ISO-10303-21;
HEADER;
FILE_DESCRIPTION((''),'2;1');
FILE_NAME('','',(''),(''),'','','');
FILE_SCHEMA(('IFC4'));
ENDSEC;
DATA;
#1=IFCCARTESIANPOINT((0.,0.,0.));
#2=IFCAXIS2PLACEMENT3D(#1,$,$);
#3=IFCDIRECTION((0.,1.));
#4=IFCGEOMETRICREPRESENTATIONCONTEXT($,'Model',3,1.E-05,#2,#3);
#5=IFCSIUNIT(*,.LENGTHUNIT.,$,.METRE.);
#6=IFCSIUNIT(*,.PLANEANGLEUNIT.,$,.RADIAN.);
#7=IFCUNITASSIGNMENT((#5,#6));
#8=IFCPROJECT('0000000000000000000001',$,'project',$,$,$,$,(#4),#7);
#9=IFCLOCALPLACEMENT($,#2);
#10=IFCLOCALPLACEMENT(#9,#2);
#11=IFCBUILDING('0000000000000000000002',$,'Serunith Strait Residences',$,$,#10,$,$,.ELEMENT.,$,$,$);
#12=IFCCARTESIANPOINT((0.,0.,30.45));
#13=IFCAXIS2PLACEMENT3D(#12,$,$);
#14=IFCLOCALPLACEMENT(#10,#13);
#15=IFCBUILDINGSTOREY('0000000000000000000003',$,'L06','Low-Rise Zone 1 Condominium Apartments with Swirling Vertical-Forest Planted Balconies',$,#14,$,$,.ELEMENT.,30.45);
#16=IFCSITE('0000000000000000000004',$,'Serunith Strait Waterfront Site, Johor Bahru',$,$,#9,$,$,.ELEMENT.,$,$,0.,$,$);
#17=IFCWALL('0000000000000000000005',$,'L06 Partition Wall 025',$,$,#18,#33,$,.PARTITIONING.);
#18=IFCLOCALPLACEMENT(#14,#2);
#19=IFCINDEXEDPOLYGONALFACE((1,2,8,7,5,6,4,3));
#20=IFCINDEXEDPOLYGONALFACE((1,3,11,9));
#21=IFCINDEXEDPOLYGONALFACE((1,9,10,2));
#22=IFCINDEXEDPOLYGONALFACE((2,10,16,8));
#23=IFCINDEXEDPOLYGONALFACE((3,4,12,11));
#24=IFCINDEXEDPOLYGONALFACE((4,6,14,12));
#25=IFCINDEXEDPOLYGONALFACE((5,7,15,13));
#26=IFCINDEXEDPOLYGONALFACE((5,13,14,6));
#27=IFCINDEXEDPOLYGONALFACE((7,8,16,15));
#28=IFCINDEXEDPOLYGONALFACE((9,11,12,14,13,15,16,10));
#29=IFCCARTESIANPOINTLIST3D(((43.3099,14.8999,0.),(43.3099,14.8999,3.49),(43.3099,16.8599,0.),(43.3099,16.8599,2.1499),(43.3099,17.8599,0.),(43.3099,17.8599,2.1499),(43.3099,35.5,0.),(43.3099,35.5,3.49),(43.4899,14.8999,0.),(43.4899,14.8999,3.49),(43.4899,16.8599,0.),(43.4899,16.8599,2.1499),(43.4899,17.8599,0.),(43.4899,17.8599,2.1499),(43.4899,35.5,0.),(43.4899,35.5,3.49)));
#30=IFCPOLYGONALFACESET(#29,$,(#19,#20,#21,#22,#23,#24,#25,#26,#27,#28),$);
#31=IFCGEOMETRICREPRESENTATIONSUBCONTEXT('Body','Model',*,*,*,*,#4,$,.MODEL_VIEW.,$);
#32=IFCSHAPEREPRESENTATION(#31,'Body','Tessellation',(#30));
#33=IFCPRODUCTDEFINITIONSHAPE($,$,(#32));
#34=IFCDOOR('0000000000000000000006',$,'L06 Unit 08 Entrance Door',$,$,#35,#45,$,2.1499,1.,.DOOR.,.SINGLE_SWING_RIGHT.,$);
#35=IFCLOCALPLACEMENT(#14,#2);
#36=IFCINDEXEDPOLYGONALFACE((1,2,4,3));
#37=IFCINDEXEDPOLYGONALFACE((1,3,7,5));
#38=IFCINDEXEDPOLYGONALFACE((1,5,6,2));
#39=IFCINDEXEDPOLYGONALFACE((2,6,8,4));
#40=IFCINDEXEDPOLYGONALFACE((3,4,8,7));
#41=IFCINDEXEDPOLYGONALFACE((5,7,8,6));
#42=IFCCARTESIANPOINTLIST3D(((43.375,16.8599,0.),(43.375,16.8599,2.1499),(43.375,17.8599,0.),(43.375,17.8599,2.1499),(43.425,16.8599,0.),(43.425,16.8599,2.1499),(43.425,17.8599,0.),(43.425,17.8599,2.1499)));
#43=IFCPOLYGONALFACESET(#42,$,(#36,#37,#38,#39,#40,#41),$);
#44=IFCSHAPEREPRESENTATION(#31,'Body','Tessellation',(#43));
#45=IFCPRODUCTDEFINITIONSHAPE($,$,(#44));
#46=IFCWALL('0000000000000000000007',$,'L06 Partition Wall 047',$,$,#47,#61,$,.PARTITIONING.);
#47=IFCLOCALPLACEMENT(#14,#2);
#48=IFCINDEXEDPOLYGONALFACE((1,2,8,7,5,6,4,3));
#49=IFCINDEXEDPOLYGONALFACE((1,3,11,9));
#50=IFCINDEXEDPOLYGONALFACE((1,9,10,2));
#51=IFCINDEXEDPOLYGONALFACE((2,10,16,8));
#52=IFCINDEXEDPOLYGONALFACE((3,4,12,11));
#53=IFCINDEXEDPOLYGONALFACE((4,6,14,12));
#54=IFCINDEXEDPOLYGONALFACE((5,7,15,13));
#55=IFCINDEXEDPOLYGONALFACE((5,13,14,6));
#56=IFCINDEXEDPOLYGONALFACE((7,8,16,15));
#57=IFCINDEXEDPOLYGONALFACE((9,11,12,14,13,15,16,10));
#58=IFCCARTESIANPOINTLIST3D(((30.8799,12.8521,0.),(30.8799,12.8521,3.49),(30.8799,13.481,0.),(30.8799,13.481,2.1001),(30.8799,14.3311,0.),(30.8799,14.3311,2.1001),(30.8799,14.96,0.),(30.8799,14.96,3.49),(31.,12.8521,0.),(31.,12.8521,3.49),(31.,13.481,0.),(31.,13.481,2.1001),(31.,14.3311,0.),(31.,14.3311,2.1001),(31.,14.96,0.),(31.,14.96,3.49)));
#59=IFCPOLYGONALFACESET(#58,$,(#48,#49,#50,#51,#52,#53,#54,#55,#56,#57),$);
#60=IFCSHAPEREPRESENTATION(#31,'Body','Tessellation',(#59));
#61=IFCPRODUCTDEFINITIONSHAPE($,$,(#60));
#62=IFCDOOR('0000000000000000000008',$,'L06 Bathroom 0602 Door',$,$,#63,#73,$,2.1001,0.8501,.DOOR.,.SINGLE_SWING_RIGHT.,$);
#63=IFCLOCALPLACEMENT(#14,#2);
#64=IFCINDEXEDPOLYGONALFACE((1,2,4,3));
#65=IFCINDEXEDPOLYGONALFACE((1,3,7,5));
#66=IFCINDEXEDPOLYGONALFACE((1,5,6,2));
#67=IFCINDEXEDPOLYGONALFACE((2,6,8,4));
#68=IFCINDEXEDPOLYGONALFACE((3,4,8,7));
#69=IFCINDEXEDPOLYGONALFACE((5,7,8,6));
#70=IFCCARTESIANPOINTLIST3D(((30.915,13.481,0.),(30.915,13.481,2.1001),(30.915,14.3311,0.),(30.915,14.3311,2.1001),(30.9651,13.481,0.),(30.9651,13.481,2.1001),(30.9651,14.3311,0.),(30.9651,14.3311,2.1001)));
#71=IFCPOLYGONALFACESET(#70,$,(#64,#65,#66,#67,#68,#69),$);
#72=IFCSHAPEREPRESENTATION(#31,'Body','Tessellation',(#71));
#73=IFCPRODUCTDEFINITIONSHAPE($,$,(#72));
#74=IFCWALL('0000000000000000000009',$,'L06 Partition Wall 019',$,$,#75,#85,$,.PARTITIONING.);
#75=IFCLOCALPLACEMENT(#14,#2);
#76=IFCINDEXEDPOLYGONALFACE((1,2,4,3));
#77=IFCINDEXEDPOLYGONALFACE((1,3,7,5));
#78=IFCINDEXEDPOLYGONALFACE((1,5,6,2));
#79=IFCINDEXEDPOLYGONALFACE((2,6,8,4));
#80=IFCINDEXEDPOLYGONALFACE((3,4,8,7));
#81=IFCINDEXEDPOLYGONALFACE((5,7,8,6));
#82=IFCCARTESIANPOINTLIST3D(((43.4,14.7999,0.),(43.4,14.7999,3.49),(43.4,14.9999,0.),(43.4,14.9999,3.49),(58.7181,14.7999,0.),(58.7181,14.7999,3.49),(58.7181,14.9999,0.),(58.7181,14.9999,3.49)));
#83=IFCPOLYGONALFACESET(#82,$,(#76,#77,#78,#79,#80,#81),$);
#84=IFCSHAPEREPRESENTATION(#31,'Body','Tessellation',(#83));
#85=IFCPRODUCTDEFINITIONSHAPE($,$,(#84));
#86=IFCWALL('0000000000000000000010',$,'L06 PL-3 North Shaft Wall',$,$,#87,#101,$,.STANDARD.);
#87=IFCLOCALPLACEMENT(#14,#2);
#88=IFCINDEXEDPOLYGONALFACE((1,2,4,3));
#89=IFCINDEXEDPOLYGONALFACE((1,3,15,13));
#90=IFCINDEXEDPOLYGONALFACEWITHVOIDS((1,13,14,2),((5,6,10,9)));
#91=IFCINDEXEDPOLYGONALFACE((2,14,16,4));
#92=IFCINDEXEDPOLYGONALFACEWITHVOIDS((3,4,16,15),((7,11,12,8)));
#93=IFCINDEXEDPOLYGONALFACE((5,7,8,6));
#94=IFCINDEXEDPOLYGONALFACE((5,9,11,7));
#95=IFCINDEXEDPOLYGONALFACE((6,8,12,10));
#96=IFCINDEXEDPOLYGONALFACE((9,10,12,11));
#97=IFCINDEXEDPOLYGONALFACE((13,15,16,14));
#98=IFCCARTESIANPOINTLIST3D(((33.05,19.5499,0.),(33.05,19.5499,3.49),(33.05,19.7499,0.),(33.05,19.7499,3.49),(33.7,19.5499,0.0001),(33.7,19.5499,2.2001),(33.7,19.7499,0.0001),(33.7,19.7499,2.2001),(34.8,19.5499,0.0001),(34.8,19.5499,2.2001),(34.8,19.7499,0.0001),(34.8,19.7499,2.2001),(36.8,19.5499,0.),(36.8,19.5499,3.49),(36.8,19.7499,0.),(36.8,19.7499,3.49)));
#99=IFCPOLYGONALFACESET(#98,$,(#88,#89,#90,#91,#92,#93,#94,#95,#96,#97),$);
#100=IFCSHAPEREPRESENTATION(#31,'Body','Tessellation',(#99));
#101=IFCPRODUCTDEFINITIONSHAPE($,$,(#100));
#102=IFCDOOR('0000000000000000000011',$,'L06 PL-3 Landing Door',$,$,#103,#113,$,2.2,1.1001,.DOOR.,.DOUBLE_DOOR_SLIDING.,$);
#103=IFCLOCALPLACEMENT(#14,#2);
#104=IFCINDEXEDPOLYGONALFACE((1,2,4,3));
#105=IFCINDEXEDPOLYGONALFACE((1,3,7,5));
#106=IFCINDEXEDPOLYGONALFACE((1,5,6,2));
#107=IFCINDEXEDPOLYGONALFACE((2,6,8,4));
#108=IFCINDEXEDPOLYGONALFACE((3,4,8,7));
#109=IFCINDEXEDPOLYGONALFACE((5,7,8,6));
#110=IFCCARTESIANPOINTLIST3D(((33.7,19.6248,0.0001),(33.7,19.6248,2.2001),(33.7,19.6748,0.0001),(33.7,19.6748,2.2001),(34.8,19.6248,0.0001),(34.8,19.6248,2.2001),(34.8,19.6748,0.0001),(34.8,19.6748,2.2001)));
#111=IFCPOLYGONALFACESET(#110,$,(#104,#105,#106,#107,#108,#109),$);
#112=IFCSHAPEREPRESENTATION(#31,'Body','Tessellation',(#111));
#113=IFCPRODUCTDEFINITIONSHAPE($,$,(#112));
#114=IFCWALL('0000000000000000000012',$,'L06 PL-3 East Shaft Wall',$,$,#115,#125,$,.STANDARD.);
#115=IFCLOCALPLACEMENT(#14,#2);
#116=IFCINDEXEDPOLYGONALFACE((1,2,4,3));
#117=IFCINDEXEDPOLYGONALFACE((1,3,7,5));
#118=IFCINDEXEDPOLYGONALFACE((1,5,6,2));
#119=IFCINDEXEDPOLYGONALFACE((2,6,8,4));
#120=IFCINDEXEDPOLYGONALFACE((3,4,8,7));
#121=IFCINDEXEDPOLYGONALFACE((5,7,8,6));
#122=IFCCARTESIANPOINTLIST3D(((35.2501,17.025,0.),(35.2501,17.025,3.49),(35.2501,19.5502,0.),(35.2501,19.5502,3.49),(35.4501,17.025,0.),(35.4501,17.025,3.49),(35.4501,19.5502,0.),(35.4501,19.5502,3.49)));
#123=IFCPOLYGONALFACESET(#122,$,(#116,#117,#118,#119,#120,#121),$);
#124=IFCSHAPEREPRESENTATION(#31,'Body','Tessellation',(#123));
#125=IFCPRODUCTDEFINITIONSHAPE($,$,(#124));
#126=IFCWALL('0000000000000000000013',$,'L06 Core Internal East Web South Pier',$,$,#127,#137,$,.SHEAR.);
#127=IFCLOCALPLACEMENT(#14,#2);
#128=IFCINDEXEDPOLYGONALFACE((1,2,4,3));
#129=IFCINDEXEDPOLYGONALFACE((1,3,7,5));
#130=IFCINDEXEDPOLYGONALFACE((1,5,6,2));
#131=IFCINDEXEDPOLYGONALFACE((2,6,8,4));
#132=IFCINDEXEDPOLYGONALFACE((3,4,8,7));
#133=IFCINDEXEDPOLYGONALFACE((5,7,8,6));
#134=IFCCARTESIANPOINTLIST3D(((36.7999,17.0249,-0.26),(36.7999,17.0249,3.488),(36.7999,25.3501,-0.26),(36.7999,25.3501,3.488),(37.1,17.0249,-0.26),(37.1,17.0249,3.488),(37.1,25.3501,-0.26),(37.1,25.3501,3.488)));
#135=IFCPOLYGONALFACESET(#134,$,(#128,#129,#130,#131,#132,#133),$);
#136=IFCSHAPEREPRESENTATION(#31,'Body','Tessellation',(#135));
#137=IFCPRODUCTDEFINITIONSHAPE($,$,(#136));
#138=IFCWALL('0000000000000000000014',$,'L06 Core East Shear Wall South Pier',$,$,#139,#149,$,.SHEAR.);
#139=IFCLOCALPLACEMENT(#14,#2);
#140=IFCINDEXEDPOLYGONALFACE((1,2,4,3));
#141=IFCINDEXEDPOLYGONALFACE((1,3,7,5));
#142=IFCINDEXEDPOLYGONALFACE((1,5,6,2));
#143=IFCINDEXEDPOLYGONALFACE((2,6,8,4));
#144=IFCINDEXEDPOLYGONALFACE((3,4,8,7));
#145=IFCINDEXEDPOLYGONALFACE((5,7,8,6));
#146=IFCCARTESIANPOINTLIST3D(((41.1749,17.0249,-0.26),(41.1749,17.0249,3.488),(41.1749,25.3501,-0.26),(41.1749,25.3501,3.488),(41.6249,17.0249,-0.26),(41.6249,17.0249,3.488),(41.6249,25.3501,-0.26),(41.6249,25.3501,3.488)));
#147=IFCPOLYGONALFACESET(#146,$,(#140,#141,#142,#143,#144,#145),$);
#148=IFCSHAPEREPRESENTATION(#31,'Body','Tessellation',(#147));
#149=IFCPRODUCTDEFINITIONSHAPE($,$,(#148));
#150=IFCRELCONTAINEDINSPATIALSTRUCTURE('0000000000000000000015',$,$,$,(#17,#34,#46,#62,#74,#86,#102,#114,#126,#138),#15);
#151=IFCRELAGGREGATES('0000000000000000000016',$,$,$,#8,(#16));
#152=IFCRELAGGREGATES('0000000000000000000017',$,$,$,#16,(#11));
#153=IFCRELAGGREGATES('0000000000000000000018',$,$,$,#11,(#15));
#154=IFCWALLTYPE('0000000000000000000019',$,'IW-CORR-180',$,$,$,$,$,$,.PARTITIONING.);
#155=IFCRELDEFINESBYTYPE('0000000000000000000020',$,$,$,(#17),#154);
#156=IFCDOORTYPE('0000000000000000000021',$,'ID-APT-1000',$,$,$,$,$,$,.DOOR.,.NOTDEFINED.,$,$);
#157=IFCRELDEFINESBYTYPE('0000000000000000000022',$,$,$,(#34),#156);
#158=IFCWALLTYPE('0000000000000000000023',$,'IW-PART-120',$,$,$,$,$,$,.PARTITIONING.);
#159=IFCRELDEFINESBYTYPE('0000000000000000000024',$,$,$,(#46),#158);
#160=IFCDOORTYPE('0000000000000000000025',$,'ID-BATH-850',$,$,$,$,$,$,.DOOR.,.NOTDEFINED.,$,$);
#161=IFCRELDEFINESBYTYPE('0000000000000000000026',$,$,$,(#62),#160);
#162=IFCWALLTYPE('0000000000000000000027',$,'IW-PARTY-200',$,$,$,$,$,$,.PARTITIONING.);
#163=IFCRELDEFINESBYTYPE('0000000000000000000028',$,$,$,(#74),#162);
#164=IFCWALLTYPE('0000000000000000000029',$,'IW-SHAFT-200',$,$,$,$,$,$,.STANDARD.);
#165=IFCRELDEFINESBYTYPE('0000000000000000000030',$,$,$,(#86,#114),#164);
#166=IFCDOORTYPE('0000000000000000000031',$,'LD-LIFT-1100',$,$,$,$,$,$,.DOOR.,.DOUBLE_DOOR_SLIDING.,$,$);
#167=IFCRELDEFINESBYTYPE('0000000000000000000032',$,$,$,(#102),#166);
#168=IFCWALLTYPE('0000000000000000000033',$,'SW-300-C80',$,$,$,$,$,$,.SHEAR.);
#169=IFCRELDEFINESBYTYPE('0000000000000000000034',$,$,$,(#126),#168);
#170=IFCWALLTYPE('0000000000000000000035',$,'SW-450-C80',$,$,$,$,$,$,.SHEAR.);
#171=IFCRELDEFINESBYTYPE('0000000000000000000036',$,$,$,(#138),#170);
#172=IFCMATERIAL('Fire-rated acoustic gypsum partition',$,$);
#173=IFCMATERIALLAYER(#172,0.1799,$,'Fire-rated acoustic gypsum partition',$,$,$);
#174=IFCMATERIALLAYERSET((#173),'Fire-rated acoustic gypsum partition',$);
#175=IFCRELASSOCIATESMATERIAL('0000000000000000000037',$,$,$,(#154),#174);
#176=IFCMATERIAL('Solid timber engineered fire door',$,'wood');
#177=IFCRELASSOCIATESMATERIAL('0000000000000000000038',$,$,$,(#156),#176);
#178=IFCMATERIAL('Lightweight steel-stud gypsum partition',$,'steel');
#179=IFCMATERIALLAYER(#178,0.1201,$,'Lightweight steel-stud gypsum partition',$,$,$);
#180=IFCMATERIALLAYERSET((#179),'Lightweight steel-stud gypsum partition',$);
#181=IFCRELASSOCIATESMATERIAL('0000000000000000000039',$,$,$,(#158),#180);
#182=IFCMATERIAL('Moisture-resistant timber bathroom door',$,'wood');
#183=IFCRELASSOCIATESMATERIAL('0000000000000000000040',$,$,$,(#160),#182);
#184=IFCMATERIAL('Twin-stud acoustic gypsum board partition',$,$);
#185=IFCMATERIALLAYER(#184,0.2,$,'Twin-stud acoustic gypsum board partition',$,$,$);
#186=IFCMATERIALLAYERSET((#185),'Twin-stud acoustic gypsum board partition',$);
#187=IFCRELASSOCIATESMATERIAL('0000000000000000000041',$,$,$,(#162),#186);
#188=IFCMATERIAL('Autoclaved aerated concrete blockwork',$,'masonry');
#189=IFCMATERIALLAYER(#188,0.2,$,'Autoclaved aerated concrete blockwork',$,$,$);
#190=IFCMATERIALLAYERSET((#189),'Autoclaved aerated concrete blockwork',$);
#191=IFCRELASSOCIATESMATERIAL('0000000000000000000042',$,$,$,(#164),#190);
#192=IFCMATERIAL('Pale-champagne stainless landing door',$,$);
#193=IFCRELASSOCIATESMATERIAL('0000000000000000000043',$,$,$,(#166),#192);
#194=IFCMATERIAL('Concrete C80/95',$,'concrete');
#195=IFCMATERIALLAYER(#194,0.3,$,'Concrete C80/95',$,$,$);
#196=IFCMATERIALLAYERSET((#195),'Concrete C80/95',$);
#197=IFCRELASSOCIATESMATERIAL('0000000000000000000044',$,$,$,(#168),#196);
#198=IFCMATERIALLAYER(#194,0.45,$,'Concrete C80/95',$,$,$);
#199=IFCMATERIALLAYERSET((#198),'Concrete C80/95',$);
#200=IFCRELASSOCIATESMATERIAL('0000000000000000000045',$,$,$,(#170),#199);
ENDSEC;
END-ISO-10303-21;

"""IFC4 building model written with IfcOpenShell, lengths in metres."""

from ifc_helpers import new_model, si_unit, direction, frame, frame_2d, origin, place, context, subcontext, project, spatial, rectangle, extrude, source, transform, mapped, material, layer, layer_set, type_object, element, fill, save


model = new_model("IFC4")

# Units and contexts
model_context = context("Model", 3, precision=1e-05, world=origin(), true_north=direction((0.0, 1.0)))
body_context = subcontext(model_context, "Body", "Model", "MODEL_VIEW")
ifc_project = project(units=[si_unit("LENGTHUNIT", "METRE"), si_unit("PLANEANGLEUNIT", "RADIAN")], contexts=[model_context])

# Site, building, storey
site_placement = place(None, origin())
site = spatial("IfcSite", under=ifc_project, at=site_placement, Name="Serunith Strait Waterfront Site, Johor Bahru", CompositionType="ELEMENT", RefElevation=0.0)
building_placement = place(site_placement, origin())
building = spatial("IfcBuilding", under=site, at=building_placement, Name="Serunith Strait Residences", CompositionType="ELEMENT")
storey_placement = place(building_placement, frame((0.0, 0.0, 30.45)))
storey = spatial("IfcBuildingStorey", under=building, at=storey_placement, Name="L06", Description="Low-Rise Zone 1 Condominium Apartments with Swirling Vertical-Forest Planted Balconies", CompositionType="ELEMENT", Elevation=30.45)

# Walls, openings, doors
ifc_material_1 = material(Name="Fire-rated acoustic gypsum partition")
ifc_layer_1 = layer(ifc_material_1, 0.1799, Name="Fire-rated acoustic gypsum partition")
ifc_layer_set_1 = layer_set([ifc_layer_1], Name="Fire-rated acoustic gypsum partition")
wall_type_1 = type_object("IfcWallType", Name="IW-CORR-180", PredefinedType="PARTITIONING", material=ifc_layer_set_1)
wall_1_placement = place(storey_placement, frame((43.3999, 14.8999, 0.0), z_axis=(0.0, 0.0, 1.0), x_axis=(0.0, 1.0, 0.0)))
wall_1 = element("IfcWall", 1, at=wall_1_placement, inside=storey, type_object=wall_type_1, Name="L06 Partition Wall 025", PredefinedType="PARTITIONING", context=body_context, shape_type="SweptSolid", body=[
    extrude(rectangle(XDim=20.6001, YDim=0.1799, at=frame_2d((10.3, 0.0))), origin(), (0.0, 0.0, 1.0), 3.49),
])
opening_1_placement = place(wall_1_placement, frame((1.96, 0.0, 0.0)))
opening_1 = element("IfcOpeningElement", 2, at=opening_1_placement, cuts=wall_1, PredefinedType="OPENING", context=body_context, shape_type="SweptSolid", body=[
    extrude(rectangle(XDim=1.0, YDim=2.1499, at=frame_2d((0.5, 1.075))), frame((0.0, 0.1001, 0.0), z_axis=(0.0, -1.0, 0.0), x_axis=(1.0, 0.0, 0.0)), (0.0, 0.0, 1.0), 0.2),
])
ifc_material_2 = material(Name="Solid timber engineered fire door", Category="wood")
door_type_1 = type_object("IfcDoorType", Name="ID-APT-1000", OperationType="NOTDEFINED", PredefinedType="DOOR", material=ifc_material_2)
shared_shape_1 = source(origin(), body_context, "Body", "SweptSolid", [
    extrude(rectangle(XDim=1.0, YDim=2.1499, at=frame_2d((0.5, 1.075))), frame((0.0, 0.0249, 0.0), z_axis=(0.0, -1.0, 0.0), x_axis=(1.0, 0.0, 0.0)), (0.0, 0.0, 1.0), 0.05),
])
door_1_placement = place(opening_1_placement, origin())
door_1 = element("IfcDoor", 3, at=door_1_placement, inside=storey, type_object=door_type_1, Name="L06 Unit 08 Entrance Door", OperationType="SINGLE_SWING_RIGHT", OverallHeight=2.1499, OverallWidth=1.0, PredefinedType="DOOR", context=body_context, shape_type="MappedRepresentation", body=[
    mapped(shared_shape_1, transform((0.0, 0.0, 0.0), scale=1.0)),
])
fill(opening_1, door_1)
ifc_material_3 = material(Name="Lightweight steel-stud gypsum partition", Category="steel")
ifc_layer_2 = layer(ifc_material_3, 0.1201, Name="Lightweight steel-stud gypsum partition")
ifc_layer_set_2 = layer_set([ifc_layer_2], Name="Lightweight steel-stud gypsum partition")
wall_type_2 = type_object("IfcWallType", Name="IW-PART-120", PredefinedType="PARTITIONING", material=ifc_layer_set_2)
wall_2_placement = place(storey_placement, frame((30.9399, 12.8521, 0.0), z_axis=(0.0, 0.0, 1.0), x_axis=(0.0, 1.0, 0.0)))
wall_2 = element("IfcWall", 4, at=wall_2_placement, inside=storey, type_object=wall_type_2, Name="L06 Partition Wall 047", PredefinedType="PARTITIONING", context=body_context, shape_type="SweptSolid", body=[
    extrude(rectangle(XDim=2.1079, YDim=0.1201, at=frame_2d((1.054, 0.0))), origin(), (0.0, 0.0, 1.0), 3.49),
])
opening_2_placement = place(wall_2_placement, frame((0.6289, 0.0, 0.0)))
opening_2 = element("IfcOpeningElement", 5, at=opening_2_placement, cuts=wall_2, PredefinedType="OPENING", context=body_context, shape_type="SweptSolid", body=[
    extrude(rectangle(XDim=0.8501, YDim=2.1001, at=frame_2d((0.425, 1.05))), frame((0.0, 0.0701, 0.0), z_axis=(0.0, -1.0, 0.0), x_axis=(1.0, 0.0, 0.0)), (0.0, 0.0, 1.0), 0.1401),
])
ifc_material_4 = material(Name="Moisture-resistant timber bathroom door", Category="wood")
door_type_2 = type_object("IfcDoorType", Name="ID-BATH-850", OperationType="NOTDEFINED", PredefinedType="DOOR", material=ifc_material_4)
shared_shape_2 = source(origin(), body_context, "Body", "SweptSolid", [
    extrude(rectangle(XDim=0.8501, YDim=2.1001, at=frame_2d((0.425, 1.05))), frame((0.0, 0.0249, 0.0), z_axis=(0.0, -1.0, 0.0), x_axis=(1.0, 0.0, 0.0)), (0.0, 0.0, 1.0), 0.05),
])
door_2_placement = place(opening_2_placement, origin())
door_2 = element("IfcDoor", 6, at=door_2_placement, inside=storey, type_object=door_type_2, Name="L06 Bathroom 0602 Door", OperationType="SINGLE_SWING_RIGHT", OverallHeight=2.1001, OverallWidth=0.8501, PredefinedType="DOOR", context=body_context, shape_type="MappedRepresentation", body=[
    mapped(shared_shape_2, transform((0.0, 0.0, 0.0), scale=1.0)),
])
fill(opening_2, door_2)

# Wall
ifc_material_5 = material(Name="Twin-stud acoustic gypsum board partition")
ifc_layer_3 = layer(ifc_material_5, 0.2, Name="Twin-stud acoustic gypsum board partition")
ifc_layer_set_3 = layer_set([ifc_layer_3], Name="Twin-stud acoustic gypsum board partition")
wall_type_3 = type_object("IfcWallType", Name="IW-PARTY-200", PredefinedType="PARTITIONING", material=ifc_layer_set_3)
wall_3_placement = place(storey_placement, frame((43.3999, 14.8999, 0.0), z_axis=(0.0, 0.0, 1.0), x_axis=(1.0, 0.0, 0.0)))
element("IfcWall", 7, at=wall_3_placement, inside=storey, type_object=wall_type_3, Name="L06 Partition Wall 019", PredefinedType="PARTITIONING", context=body_context, shape_type="SweptSolid", body=[
    extrude(rectangle(XDim=15.3181, YDim=0.2, at=frame_2d((7.6592, 0.0))), origin(), (0.0, 0.0, 1.0), 3.49),
])

# Wall, opening, door
ifc_material_6 = material(Name="Autoclaved aerated concrete blockwork", Category="masonry")
ifc_layer_4 = layer(ifc_material_6, 0.2, Name="Autoclaved aerated concrete blockwork")
ifc_layer_set_4 = layer_set([ifc_layer_4], Name="Autoclaved aerated concrete blockwork")
wall_type_4 = type_object("IfcWallType", Name="IW-SHAFT-200", PredefinedType="STANDARD", material=ifc_layer_set_4)
wall_4_placement = place(storey_placement, frame((33.05, 19.6499, 0.0), z_axis=(0.0, 0.0, 1.0), x_axis=(1.0, 0.0, 0.0)))
wall_4 = element("IfcWall", 8, at=wall_4_placement, inside=storey, type_object=wall_type_4, Name="L06 PL-3 North Shaft Wall", PredefinedType="STANDARD", context=body_context, shape_type="SweptSolid", body=[
    extrude(rectangle(XDim=3.75, YDim=0.2, at=frame_2d((1.875, 0.0))), origin(), (0.0, 0.0, 1.0), 3.49),
])
opening_3_placement = place(wall_4_placement, frame((0.6499, 0.0, 0.0)))
opening_3 = element("IfcOpeningElement", 9, at=opening_3_placement, cuts=wall_4, PredefinedType="OPENING", context=body_context, shape_type="SweptSolid", body=[
    extrude(rectangle(XDim=1.1001, YDim=2.2, at=frame_2d((0.55, 1.1001))), frame((0.0, 0.1099, 0.0), z_axis=(0.0, -1.0, 0.0), x_axis=(1.0, 0.0, 0.0)), (0.0, 0.0, 1.0), 0.22),
])
ifc_material_7 = material(Name="Pale-champagne stainless landing door")
door_type_3 = type_object("IfcDoorType", Name="LD-LIFT-1100", OperationType="DOUBLE_DOOR_SLIDING", PredefinedType="DOOR", material=ifc_material_7)
shared_shape_3 = source(origin(), body_context, "Body", "SweptSolid", [
    extrude(rectangle(XDim=1.1001, YDim=2.2, at=frame_2d((0.55, 1.1001))), frame((0.0, 0.0249, 0.0), z_axis=(0.0, -1.0, 0.0), x_axis=(1.0, 0.0, 0.0)), (0.0, 0.0, 1.0), 0.05),
])
door_3_placement = place(opening_3_placement, origin())
door_3 = element("IfcDoor", 10, at=door_3_placement, inside=storey, type_object=door_type_3, Name="L06 PL-3 Landing Door", OperationType="DOUBLE_DOOR_SLIDING", OverallHeight=2.2, OverallWidth=1.1001, PredefinedType="DOOR", context=body_context, shape_type="MappedRepresentation", body=[
    mapped(shared_shape_3, transform((0.0, 0.0, 0.0), scale=1.0)),
])
fill(opening_3, door_3)

# Walls
wall_5_placement = place(storey_placement, frame((35.3501, 17.0249, 0.0), z_axis=(0.0, 0.0, 1.0), x_axis=(0.0, 1.0, 0.0)))
element("IfcWall", 11, at=wall_5_placement, inside=storey, type_object=wall_type_4, Name="L06 PL-3 East Shaft Wall", PredefinedType="STANDARD", context=body_context, shape_type="SweptSolid", body=[
    extrude(rectangle(XDim=2.5251, YDim=0.2, at=frame_2d((1.2627, 0.0))), origin(), (0.0, 0.0, 1.0), 3.49),
])
ifc_material_8 = material(Name="Concrete C80/95", Category="concrete")
ifc_layer_5 = layer(ifc_material_8, 0.3, Name="Concrete C80/95")
ifc_layer_set_5 = layer_set([ifc_layer_5], Name="Concrete C80/95")
wall_type_5 = type_object("IfcWallType", Name="SW-300-C80", PredefinedType="SHEAR", material=ifc_layer_set_5)
wall_6_placement = place(storey_placement, frame((36.95, 17.0249, -0.26), z_axis=(0.0, 0.0, 1.0), x_axis=(0.0, 1.0, 0.0)))
element("IfcWall", 12, at=wall_6_placement, inside=storey, type_object=wall_type_5, Name="L06 Core Internal East Web South Pier", PredefinedType="SHEAR", context=body_context, shape_type="SweptSolid", body=[
    extrude(rectangle(XDim=8.3252, YDim=0.3, at=frame_2d((4.1626, 0.0))), origin(), (0.0, 0.0, 1.0), 3.748),
])
ifc_layer_6 = layer(ifc_material_8, 0.45, Name="Concrete C80/95")
ifc_layer_set_6 = layer_set([ifc_layer_6], Name="Concrete C80/95")
wall_type_6 = type_object("IfcWallType", Name="SW-450-C80", PredefinedType="SHEAR", material=ifc_layer_set_6)
wall_7_placement = place(storey_placement, frame((41.3999, 17.0249, -0.26), z_axis=(0.0, 0.0, 1.0), x_axis=(0.0, 1.0, 0.0)))
element("IfcWall", 13, at=wall_7_placement, inside=storey, type_object=wall_type_6, Name="L06 Core East Shear Wall South Pier", PredefinedType="SHEAR", context=body_context, shape_type="SweptSolid", body=[
    extrude(rectangle(XDim=8.3252, YDim=0.45, at=frame_2d((4.1626, 0.0))), origin(), (0.0, 0.0, 1.0), 3.748),
])

save(model, "model.ifc")
